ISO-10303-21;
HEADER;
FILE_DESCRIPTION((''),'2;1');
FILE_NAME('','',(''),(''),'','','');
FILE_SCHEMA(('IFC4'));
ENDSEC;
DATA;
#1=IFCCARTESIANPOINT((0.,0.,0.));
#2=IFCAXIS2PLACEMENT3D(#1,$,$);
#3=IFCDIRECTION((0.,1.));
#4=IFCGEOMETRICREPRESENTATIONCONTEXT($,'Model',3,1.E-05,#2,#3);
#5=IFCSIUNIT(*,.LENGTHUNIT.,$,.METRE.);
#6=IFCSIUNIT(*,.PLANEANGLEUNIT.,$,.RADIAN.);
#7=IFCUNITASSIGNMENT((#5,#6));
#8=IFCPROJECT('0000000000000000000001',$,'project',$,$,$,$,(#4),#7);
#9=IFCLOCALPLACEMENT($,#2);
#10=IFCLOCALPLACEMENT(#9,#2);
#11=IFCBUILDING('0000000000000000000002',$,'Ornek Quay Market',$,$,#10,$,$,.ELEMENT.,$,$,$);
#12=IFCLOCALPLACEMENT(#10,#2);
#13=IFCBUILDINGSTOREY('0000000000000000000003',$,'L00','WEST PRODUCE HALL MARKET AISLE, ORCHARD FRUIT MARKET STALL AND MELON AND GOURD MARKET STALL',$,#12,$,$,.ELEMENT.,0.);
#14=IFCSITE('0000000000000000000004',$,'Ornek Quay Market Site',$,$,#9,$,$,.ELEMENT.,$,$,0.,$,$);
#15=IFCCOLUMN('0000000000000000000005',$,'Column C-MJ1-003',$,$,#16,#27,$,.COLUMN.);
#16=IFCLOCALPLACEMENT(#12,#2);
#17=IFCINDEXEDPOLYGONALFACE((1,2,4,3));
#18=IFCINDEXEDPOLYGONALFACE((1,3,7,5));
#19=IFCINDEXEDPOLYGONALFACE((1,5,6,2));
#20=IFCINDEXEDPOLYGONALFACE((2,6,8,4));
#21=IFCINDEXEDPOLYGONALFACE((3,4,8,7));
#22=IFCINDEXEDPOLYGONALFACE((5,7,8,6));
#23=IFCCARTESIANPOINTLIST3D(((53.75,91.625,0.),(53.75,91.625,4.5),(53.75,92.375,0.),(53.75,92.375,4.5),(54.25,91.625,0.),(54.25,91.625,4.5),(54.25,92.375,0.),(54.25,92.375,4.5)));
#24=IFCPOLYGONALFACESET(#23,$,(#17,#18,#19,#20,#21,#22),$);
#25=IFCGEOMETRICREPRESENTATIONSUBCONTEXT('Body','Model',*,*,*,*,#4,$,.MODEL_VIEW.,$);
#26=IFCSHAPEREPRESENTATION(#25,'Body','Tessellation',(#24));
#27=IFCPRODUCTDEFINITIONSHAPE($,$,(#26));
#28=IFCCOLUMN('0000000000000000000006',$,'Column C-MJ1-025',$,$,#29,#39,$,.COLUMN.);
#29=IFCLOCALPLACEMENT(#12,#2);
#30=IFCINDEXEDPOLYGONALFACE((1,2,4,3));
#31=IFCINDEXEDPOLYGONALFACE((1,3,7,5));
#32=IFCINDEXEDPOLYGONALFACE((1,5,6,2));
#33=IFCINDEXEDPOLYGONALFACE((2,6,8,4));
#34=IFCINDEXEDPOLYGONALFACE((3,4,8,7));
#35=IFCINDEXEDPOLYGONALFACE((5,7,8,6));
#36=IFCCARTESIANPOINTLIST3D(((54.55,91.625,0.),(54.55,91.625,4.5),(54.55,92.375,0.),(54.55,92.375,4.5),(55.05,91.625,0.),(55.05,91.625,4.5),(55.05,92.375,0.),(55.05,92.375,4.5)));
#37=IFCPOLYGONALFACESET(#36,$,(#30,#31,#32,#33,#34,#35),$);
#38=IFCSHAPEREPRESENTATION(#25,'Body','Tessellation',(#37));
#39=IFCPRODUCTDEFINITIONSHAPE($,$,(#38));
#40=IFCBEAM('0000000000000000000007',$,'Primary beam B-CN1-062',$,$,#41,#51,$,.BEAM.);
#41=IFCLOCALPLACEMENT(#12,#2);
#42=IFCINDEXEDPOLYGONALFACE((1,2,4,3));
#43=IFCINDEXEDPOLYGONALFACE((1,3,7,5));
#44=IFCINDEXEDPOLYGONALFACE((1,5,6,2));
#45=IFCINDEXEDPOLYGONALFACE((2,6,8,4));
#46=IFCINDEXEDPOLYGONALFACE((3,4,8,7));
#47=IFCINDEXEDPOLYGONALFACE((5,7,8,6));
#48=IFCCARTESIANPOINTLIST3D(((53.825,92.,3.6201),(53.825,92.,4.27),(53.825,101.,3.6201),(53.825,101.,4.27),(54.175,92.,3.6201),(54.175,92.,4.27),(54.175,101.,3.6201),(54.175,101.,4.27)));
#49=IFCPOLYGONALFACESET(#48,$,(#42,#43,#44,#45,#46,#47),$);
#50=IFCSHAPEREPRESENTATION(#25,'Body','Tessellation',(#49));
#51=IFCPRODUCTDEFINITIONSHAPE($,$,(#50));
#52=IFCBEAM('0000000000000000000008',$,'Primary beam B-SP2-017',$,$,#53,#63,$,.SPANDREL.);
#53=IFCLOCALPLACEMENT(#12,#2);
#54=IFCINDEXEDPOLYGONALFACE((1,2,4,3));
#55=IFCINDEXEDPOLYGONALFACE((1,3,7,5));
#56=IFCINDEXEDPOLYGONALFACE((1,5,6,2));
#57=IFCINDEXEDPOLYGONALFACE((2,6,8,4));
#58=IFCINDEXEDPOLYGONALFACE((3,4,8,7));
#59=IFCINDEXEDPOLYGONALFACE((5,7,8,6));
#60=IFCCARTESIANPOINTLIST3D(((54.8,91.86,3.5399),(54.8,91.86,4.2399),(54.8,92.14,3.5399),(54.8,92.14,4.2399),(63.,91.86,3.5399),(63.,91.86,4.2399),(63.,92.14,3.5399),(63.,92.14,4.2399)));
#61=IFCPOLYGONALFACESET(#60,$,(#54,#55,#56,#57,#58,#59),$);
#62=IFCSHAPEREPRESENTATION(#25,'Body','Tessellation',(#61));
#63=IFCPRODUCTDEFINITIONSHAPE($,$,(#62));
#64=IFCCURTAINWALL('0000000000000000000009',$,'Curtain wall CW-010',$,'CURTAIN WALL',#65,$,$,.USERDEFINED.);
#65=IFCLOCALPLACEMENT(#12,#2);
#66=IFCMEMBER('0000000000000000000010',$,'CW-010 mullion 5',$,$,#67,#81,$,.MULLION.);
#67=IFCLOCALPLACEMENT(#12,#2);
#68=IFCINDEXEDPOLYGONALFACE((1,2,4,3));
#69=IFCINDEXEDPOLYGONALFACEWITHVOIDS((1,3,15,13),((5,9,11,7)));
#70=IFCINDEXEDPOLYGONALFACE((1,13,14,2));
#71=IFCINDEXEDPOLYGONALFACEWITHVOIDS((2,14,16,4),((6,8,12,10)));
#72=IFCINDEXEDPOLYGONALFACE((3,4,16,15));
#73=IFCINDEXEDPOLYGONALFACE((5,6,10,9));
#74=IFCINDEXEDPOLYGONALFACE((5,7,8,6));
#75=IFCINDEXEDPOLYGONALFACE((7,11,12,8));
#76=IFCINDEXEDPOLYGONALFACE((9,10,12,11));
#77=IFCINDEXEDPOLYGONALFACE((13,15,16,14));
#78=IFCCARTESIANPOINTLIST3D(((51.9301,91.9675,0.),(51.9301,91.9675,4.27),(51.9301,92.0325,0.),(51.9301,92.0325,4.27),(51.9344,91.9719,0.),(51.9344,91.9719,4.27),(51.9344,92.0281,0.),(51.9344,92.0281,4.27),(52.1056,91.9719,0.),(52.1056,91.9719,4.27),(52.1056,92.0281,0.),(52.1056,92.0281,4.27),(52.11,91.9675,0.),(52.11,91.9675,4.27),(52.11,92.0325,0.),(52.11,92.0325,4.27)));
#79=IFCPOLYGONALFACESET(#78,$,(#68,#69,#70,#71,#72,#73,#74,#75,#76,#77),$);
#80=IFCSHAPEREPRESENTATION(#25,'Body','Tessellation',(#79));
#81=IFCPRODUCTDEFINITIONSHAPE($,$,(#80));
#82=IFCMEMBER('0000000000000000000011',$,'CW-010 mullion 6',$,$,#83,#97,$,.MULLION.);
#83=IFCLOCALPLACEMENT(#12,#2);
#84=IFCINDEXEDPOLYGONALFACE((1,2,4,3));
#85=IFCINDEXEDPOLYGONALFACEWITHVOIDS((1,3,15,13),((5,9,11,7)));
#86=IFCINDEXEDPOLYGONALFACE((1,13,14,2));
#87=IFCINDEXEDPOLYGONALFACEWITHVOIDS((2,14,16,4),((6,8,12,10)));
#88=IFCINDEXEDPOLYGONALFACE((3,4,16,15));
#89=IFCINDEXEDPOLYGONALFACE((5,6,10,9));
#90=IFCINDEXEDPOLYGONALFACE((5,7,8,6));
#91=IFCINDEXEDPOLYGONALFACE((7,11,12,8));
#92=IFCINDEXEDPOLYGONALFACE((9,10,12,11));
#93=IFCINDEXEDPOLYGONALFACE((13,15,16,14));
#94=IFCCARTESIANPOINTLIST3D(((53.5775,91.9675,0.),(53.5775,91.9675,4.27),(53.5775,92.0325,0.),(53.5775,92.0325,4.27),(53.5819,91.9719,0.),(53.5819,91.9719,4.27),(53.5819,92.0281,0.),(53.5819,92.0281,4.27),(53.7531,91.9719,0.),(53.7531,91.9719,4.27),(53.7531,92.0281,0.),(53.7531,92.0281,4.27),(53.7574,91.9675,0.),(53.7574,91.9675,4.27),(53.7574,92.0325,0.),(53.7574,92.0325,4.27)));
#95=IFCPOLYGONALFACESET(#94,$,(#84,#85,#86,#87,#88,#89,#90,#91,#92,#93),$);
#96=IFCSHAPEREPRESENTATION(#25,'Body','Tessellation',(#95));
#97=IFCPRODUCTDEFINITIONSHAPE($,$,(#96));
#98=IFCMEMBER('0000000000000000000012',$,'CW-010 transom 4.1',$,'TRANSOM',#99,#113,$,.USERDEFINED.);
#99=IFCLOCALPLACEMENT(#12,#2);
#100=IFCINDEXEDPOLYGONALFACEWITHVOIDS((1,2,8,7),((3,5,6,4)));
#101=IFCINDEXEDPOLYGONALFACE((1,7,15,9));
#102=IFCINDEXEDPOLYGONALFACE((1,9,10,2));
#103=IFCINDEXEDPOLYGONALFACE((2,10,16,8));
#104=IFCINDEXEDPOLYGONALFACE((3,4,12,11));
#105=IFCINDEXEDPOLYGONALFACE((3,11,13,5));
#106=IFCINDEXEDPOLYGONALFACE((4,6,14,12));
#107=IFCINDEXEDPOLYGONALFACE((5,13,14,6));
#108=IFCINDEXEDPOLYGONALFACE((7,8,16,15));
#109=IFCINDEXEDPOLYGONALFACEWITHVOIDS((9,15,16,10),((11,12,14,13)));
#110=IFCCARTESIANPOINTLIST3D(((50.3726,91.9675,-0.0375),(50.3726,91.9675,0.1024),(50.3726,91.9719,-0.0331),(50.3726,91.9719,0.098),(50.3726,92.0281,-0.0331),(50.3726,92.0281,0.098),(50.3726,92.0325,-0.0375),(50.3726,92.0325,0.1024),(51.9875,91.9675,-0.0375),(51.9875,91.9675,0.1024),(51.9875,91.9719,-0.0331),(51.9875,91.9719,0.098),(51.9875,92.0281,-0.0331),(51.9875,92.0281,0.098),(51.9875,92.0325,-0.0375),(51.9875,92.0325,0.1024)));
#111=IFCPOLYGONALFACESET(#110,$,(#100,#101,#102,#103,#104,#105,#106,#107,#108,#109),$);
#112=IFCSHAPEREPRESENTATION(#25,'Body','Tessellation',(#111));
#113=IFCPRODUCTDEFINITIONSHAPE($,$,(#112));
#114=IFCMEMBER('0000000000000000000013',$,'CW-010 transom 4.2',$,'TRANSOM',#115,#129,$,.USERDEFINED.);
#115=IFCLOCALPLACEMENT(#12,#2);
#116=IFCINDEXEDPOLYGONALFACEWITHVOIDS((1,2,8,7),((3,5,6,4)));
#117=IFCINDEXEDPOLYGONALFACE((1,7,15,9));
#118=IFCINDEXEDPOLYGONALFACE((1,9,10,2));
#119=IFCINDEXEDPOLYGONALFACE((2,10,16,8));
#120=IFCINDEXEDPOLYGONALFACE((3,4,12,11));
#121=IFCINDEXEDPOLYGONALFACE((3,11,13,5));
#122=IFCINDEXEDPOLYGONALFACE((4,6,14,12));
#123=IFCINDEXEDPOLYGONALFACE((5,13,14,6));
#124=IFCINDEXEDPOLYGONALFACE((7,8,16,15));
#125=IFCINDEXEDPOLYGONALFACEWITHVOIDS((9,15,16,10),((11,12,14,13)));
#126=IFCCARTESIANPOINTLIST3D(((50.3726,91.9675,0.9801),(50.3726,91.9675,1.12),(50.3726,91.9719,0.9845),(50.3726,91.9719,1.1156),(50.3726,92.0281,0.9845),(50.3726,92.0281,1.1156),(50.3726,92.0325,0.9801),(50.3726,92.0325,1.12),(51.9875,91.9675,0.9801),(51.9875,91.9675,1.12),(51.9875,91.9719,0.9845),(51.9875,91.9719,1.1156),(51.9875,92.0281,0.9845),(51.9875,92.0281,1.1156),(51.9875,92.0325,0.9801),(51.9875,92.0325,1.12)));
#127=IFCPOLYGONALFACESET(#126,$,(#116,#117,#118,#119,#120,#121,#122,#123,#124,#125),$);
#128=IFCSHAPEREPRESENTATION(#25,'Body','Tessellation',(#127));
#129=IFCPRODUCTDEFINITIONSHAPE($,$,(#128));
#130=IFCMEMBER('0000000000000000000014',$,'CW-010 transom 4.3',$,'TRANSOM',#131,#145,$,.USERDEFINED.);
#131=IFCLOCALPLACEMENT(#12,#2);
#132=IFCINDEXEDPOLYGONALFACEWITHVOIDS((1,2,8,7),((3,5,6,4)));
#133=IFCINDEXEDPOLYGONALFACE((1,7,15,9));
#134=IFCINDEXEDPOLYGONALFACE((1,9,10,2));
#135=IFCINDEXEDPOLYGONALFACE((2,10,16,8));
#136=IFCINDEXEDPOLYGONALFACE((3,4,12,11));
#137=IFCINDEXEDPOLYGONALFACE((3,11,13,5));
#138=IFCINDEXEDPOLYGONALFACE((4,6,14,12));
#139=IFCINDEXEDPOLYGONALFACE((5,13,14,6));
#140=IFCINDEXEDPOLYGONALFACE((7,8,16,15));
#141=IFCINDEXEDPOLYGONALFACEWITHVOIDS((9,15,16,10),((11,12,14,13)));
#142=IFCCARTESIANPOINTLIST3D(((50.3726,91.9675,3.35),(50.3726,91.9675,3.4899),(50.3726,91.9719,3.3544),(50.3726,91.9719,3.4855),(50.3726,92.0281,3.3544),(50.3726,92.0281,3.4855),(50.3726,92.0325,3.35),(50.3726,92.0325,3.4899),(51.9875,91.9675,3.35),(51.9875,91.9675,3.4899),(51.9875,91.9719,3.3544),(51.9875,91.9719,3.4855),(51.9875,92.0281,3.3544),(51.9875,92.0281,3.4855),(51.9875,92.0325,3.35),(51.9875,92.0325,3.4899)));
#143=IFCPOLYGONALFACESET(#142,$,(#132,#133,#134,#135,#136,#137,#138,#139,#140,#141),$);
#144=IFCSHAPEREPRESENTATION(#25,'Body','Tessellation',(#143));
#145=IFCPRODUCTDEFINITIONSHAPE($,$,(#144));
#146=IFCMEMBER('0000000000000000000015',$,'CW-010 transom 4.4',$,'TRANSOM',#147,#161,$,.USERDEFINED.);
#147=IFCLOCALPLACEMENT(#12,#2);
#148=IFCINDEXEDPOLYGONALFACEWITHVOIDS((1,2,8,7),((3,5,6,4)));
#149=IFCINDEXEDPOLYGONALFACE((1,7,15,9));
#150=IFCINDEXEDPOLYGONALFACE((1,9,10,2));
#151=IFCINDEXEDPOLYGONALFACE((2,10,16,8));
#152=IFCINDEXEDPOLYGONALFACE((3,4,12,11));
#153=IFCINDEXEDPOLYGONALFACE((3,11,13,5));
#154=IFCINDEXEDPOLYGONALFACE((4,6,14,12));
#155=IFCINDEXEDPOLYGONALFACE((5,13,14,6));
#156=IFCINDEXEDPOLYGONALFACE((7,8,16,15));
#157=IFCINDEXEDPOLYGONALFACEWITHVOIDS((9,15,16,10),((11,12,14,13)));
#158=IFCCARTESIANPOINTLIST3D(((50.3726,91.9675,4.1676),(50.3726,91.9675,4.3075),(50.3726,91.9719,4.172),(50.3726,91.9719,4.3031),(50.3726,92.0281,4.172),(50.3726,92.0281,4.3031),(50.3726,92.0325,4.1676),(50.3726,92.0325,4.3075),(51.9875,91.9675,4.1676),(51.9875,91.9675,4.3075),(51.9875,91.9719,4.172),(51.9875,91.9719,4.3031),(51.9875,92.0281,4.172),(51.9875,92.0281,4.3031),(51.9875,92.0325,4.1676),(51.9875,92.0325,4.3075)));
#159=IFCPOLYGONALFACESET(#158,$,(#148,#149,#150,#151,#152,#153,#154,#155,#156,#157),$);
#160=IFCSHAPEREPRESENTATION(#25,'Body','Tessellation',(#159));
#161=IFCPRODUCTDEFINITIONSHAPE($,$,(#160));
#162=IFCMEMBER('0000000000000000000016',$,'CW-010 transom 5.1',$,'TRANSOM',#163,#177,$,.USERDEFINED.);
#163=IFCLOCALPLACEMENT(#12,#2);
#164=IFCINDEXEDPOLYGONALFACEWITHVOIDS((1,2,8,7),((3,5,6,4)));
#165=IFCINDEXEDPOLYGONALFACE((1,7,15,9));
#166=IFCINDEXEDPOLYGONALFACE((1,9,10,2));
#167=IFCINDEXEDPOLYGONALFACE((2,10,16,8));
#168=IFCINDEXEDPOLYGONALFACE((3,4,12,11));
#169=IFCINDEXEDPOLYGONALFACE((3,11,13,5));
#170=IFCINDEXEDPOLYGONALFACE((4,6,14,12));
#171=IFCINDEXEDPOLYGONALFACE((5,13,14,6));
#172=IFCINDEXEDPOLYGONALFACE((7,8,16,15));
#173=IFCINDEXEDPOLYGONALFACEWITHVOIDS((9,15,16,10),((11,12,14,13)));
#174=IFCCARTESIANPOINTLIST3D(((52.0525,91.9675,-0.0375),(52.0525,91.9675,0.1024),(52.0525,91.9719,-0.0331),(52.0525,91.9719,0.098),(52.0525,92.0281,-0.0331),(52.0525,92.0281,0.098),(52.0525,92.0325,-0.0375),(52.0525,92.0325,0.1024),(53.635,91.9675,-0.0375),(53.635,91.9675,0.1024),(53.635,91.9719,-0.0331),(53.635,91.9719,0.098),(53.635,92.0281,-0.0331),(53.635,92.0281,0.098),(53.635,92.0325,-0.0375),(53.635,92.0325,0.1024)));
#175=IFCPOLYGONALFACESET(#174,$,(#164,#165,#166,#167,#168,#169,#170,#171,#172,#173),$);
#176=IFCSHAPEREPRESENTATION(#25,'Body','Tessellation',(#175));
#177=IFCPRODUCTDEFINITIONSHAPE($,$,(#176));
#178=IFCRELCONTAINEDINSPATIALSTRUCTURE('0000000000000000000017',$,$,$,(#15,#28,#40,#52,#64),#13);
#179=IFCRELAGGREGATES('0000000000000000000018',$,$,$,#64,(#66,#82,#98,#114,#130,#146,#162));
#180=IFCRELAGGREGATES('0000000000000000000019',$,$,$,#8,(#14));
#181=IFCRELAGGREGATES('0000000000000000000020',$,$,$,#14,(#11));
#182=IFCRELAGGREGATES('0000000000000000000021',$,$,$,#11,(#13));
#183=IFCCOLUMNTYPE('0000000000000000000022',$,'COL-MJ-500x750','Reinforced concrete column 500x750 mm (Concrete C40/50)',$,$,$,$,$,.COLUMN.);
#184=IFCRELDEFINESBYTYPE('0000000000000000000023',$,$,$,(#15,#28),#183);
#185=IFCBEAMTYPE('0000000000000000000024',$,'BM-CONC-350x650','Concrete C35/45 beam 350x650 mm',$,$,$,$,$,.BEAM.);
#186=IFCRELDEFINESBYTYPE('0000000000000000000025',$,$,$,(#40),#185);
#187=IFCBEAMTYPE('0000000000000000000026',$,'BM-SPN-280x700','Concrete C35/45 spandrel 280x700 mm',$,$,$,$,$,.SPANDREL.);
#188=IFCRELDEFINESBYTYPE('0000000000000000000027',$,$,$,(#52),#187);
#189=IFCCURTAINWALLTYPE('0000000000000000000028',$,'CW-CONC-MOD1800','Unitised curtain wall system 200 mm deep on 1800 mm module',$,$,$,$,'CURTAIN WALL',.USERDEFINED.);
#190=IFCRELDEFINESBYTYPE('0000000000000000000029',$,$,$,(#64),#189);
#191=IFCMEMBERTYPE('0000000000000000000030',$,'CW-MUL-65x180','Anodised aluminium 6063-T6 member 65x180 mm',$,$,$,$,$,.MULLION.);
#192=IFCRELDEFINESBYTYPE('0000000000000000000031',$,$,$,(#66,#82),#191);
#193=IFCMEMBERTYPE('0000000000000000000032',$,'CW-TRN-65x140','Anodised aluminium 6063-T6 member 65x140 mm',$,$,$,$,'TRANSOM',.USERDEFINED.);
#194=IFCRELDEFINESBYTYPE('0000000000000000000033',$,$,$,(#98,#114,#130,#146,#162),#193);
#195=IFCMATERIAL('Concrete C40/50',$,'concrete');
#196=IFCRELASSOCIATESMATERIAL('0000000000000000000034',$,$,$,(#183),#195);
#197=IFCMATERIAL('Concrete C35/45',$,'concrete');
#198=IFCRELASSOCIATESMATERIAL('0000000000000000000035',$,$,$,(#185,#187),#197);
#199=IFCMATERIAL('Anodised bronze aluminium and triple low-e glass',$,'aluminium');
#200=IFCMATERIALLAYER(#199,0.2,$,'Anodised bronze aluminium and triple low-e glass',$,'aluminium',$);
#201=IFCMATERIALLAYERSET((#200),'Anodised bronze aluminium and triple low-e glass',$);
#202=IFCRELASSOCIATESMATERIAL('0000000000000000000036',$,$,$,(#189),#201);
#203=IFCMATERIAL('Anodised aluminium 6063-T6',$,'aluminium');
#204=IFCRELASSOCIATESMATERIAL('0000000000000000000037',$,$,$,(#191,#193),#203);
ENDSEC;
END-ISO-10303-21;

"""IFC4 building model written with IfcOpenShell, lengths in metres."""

from ifc_helpers import new_model, si_unit, direction, frame, origin, origin_2d, place, context, subcontext, project, spatial, rectangle, hollow_rectangle, extrude, material, layer, layer_set, material_profile, profile_set, type_object, element, aggregate, save


model = new_model("IFC4")

# Units and contexts
model_context = context("Model", 3, precision=1e-05, world=origin(), true_north=direction((0.0, 1.0)))
body_context = subcontext(model_context, "Body", "Model", "MODEL_VIEW")
ifc_project = project(units=[si_unit("LENGTHUNIT", "METRE"), si_unit("PLANEANGLEUNIT", "RADIAN")], contexts=[model_context])

# Site, building, storey
site_placement = place(None, origin())
site = spatial("IfcSite", under=ifc_project, at=site_placement, Name="Ornek Quay Market Site", CompositionType="ELEMENT", RefElevation=0.0)
building_placement = place(site_placement, origin())
building = spatial("IfcBuilding", under=site, at=building_placement, Name="Ornek Quay Market", CompositionType="ELEMENT")
storey_placement = place(building_placement, origin())
storey = spatial("IfcBuildingStorey", under=building, at=storey_placement, Name="L00", Description="WEST PRODUCE HALL MARKET AISLE, ORCHARD FRUIT MARKET STALL AND MELON AND GOURD MARKET STALL", CompositionType="ELEMENT", Elevation=0.0)

# Columns
ifc_material_1 = material(Name="Concrete C40/50", Category="concrete")
ifc_material_profile_1 = material_profile(ifc_material_1, rectangle(XDim=0.5, YDim=0.75, at=origin_2d()), Name="RC 500x750", Category="concrete")
ifc_profile_set_1 = profile_set([ifc_material_profile_1], Name="Concrete C40/50")
column_type = type_object("IfcColumnType", Name="COL-MJ-500x750", Description="Reinforced concrete column 500x750 mm (Concrete C40/50)", PredefinedType="COLUMN", material=ifc_profile_set_1)
for number, where, z_axis, x_axis, name in (
    (1, (54.0, 92.0, 0.0), (0.0, 0.0, 1.0), (1.0, 0.0, 0.0), "Column C-MJ1-003"),
    (2, (54.8, 92.0, 0.0), (0.0, 0.0, 1.0), (1.0, 0.0, 0.0), "Column C-MJ1-025"),
):
    element("IfcColumn", number, at=place(storey_placement, frame(where, z_axis=z_axis, x_axis=x_axis)), inside=storey, type_object=column_type, Name=name, PredefinedType="COLUMN", context=body_context, shape_type="SweptSolid", body=[
        extrude(rectangle(XDim=0.5, YDim=0.75, at=origin_2d()), origin(), (0.0, 0.0, 1.0), 4.5),
    ])

# Beams
ifc_material_2 = material(Name="Concrete C35/45", Category="concrete")
ifc_material_profile_2 = material_profile(ifc_material_2, rectangle(XDim=0.3501, YDim=0.6499, at=origin_2d()), Name="RC 350x650", Category="concrete")
ifc_profile_set_2 = profile_set([ifc_material_profile_2], Name="Concrete C35/45")
beam_type_1 = type_object("IfcBeamType", Name="BM-CONC-350x650", Description="Concrete C35/45 beam 350x650 mm", PredefinedType="BEAM", material=ifc_profile_set_2)
beam_1_placement = place(storey_placement, frame((54.0, 92.0, 3.9451), z_axis=(0.0, 1.0, 0.0), x_axis=(-1.0, 0.0, 0.0)))
element("IfcBeam", 3, at=beam_1_placement, inside=storey, type_object=beam_type_1, Name="Primary beam B-CN1-062", PredefinedType="BEAM", context=body_context, shape_type="SweptSolid", body=[
    extrude(rectangle(XDim=0.3501, YDim=0.6499, at=origin_2d()), origin(), (0.0, 0.0, 1.0), 9.0),
])
ifc_material_profile_3 = material_profile(ifc_material_2, rectangle(XDim=0.28, YDim=0.7, at=origin_2d()), Name="RC 280x700", Category="concrete")
ifc_profile_set_3 = profile_set([ifc_material_profile_3], Name="Concrete C35/45")
beam_type_2 = type_object("IfcBeamType", Name="BM-SPN-280x700", Description="Concrete C35/45 spandrel 280x700 mm", PredefinedType="SPANDREL", material=ifc_profile_set_3)
beam_2_placement = place(storey_placement, frame((54.8, 92.0, 3.8899), z_axis=(1.0, 0.0, 0.0), x_axis=(0.0, 1.0, 0.0)))
element("IfcBeam", 4, at=beam_2_placement, inside=storey, type_object=beam_type_2, Name="Primary beam B-SP2-017", PredefinedType="SPANDREL", context=body_context, shape_type="SweptSolid", body=[
    extrude(rectangle(XDim=0.28, YDim=0.7, at=origin_2d()), origin(), (0.0, 0.0, 1.0), 8.2),
])

# Curtain wall, members
ifc_material_3 = material(Name="Anodised bronze aluminium and triple low-e glass", Category="aluminium")
ifc_layer_1 = layer(ifc_material_3, 0.2, Name="Anodised bronze aluminium and triple low-e glass", Category="aluminium")
ifc_layer_set_1 = layer_set([ifc_layer_1], Name="Anodised bronze aluminium and triple low-e glass")
curtain_wall_type = type_object("IfcCurtainWallType", Name="CW-CONC-MOD1800", Description="Unitised curtain wall system 200 mm deep on 1800 mm module", ElementType="CURTAIN WALL", PredefinedType="USERDEFINED", material=ifc_layer_set_1)
curtain_wall_placement = place(storey_placement, origin())
curtain_wall = element("IfcCurtainWall", 5, at=curtain_wall_placement, inside=storey, type_object=curtain_wall_type, Name="Curtain wall CW-010", ObjectType="CURTAIN WALL", PredefinedType="USERDEFINED")
ifc_material_4 = material(Name="Anodised aluminium 6063-T6", Category="aluminium")
ifc_material_profile_4 = material_profile(ifc_material_4, hollow_rectangle(XDim=0.0649, YDim=0.1799, WallThickness=0.0044, at=origin_2d()), Name="CW-MUL-65x180", Category="aluminium")
ifc_profile_set_4 = profile_set([ifc_material_profile_4], Name="Anodised aluminium 6063-T6")
member_type_1 = type_object("IfcMemberType", Name="CW-MUL-65x180", Description="Anodised aluminium 6063-T6 member 65x180 mm", PredefinedType="MULLION", material=ifc_profile_set_4)
member_1_placement = place(storey_placement, frame((52.02, 92.0, 0.0), z_axis=(0.0, 0.0, 1.0), x_axis=(0.0, 1.0, 0.0)))
member_1 = element("IfcMember", 6, at=member_1_placement, type_object=member_type_1, Name="CW-010 mullion 5", PredefinedType="MULLION", context=body_context, shape_type="SweptSolid", body=[
    extrude(hollow_rectangle(XDim=0.0649, YDim=0.1799, WallThickness=0.0044, at=origin_2d()), origin(), (0.0, 0.0, 1.0), 4.27),
])
member_2_placement = place(storey_placement, frame((53.6675, 92.0, 0.0), z_axis=(0.0, 0.0, 1.0), x_axis=(0.0, 1.0, 0.0)))
member_2 = element("IfcMember", 7, at=member_2_placement, type_object=member_type_1, Name="CW-010 mullion 6", PredefinedType="MULLION", context=body_context, shape_type="SweptSolid", body=[
    extrude(hollow_rectangle(XDim=0.0649, YDim=0.1799, WallThickness=0.0044, at=origin_2d()), origin(), (0.0, 0.0, 1.0), 4.27),
])
ifc_material_profile_5 = material_profile(ifc_material_4, hollow_rectangle(XDim=0.0649, YDim=0.1399, WallThickness=0.0044, at=origin_2d()), Name="CW-TRN-65x140", Category="aluminium")
ifc_profile_set_5 = profile_set([ifc_material_profile_5], Name="Anodised aluminium 6063-T6")
member_type_2 = type_object("IfcMemberType", Name="CW-TRN-65x140", Description="Anodised aluminium 6063-T6 member 65x140 mm", ElementType="TRANSOM", PredefinedType="USERDEFINED", material=ifc_profile_set_5)
member_3_placement = place(storey_placement, frame((50.3726, 92.0, 0.0325), z_axis=(1.0, 0.0, 0.0), x_axis=(0.0, 1.0, 0.0)))
member_3 = element("IfcMember", 8, at=member_3_placement, type_object=member_type_2, Name="CW-010 transom 4.1", ObjectType="TRANSOM", PredefinedType="USERDEFINED", context=body_context, shape_type="SweptSolid", body=[
    extrude(hollow_rectangle(XDim=0.0649, YDim=0.1399, WallThickness=0.0044, at=origin_2d()), origin(), (0.0, 0.0, 1.0), 1.615),
])
member_4_placement = place(storey_placement, frame((50.3726, 92.0, 1.05), z_axis=(1.0, 0.0, 0.0), x_axis=(0.0, 1.0, 0.0)))
member_4 = element("IfcMember", 9, at=member_4_placement, type_object=member_type_2, Name="CW-010 transom 4.2", ObjectType="TRANSOM", PredefinedType="USERDEFINED", context=body_context, shape_type="SweptSolid", body=[
    extrude(hollow_rectangle(XDim=0.0649, YDim=0.1399, WallThickness=0.0044, at=origin_2d()), origin(), (0.0, 0.0, 1.0), 1.615),
])
member_5_placement = place(storey_placement, frame((50.3726, 92.0, 3.4199), z_axis=(1.0, 0.0, 0.0), x_axis=(0.0, 1.0, 0.0)))
member_5 = element("IfcMember", 10, at=member_5_placement, type_object=member_type_2, Name="CW-010 transom 4.3", ObjectType="TRANSOM", PredefinedType="USERDEFINED", context=body_context, shape_type="SweptSolid", body=[
    extrude(hollow_rectangle(XDim=0.0649, YDim=0.1399, WallThickness=0.0044, at=origin_2d()), origin(), (0.0, 0.0, 1.0), 1.615),
])
member_6_placement = place(storey_placement, frame((50.3726, 92.0, 4.2375), z_axis=(1.0, 0.0, 0.0), x_axis=(0.0, 1.0, 0.0)))
member_6 = element("IfcMember", 11, at=member_6_placement, type_object=member_type_2, Name="CW-010 transom 4.4", ObjectType="TRANSOM", PredefinedType="USERDEFINED", context=body_context, shape_type="SweptSolid", body=[
    extrude(hollow_rectangle(XDim=0.0649, YDim=0.1399, WallThickness=0.0044, at=origin_2d()), origin(), (0.0, 0.0, 1.0), 1.615),
])
member_7_placement = place(storey_placement, frame((52.0525, 92.0, 0.0325), z_axis=(1.0, 0.0, 0.0), x_axis=(0.0, 1.0, 0.0)))
member_7 = element("IfcMember", 12, at=member_7_placement, type_object=member_type_2, Name="CW-010 transom 5.1", ObjectType="TRANSOM", PredefinedType="USERDEFINED", context=body_context, shape_type="SweptSolid", body=[
    extrude(hollow_rectangle(XDim=0.0649, YDim=0.1399, WallThickness=0.0044, at=origin_2d()), origin(), (0.0, 0.0, 1.0), 1.5825),
])
aggregate(curtain_wall, [member_1, member_2, member_3, member_4, member_5, member_6, member_7])

save(model, "model.ifc")
